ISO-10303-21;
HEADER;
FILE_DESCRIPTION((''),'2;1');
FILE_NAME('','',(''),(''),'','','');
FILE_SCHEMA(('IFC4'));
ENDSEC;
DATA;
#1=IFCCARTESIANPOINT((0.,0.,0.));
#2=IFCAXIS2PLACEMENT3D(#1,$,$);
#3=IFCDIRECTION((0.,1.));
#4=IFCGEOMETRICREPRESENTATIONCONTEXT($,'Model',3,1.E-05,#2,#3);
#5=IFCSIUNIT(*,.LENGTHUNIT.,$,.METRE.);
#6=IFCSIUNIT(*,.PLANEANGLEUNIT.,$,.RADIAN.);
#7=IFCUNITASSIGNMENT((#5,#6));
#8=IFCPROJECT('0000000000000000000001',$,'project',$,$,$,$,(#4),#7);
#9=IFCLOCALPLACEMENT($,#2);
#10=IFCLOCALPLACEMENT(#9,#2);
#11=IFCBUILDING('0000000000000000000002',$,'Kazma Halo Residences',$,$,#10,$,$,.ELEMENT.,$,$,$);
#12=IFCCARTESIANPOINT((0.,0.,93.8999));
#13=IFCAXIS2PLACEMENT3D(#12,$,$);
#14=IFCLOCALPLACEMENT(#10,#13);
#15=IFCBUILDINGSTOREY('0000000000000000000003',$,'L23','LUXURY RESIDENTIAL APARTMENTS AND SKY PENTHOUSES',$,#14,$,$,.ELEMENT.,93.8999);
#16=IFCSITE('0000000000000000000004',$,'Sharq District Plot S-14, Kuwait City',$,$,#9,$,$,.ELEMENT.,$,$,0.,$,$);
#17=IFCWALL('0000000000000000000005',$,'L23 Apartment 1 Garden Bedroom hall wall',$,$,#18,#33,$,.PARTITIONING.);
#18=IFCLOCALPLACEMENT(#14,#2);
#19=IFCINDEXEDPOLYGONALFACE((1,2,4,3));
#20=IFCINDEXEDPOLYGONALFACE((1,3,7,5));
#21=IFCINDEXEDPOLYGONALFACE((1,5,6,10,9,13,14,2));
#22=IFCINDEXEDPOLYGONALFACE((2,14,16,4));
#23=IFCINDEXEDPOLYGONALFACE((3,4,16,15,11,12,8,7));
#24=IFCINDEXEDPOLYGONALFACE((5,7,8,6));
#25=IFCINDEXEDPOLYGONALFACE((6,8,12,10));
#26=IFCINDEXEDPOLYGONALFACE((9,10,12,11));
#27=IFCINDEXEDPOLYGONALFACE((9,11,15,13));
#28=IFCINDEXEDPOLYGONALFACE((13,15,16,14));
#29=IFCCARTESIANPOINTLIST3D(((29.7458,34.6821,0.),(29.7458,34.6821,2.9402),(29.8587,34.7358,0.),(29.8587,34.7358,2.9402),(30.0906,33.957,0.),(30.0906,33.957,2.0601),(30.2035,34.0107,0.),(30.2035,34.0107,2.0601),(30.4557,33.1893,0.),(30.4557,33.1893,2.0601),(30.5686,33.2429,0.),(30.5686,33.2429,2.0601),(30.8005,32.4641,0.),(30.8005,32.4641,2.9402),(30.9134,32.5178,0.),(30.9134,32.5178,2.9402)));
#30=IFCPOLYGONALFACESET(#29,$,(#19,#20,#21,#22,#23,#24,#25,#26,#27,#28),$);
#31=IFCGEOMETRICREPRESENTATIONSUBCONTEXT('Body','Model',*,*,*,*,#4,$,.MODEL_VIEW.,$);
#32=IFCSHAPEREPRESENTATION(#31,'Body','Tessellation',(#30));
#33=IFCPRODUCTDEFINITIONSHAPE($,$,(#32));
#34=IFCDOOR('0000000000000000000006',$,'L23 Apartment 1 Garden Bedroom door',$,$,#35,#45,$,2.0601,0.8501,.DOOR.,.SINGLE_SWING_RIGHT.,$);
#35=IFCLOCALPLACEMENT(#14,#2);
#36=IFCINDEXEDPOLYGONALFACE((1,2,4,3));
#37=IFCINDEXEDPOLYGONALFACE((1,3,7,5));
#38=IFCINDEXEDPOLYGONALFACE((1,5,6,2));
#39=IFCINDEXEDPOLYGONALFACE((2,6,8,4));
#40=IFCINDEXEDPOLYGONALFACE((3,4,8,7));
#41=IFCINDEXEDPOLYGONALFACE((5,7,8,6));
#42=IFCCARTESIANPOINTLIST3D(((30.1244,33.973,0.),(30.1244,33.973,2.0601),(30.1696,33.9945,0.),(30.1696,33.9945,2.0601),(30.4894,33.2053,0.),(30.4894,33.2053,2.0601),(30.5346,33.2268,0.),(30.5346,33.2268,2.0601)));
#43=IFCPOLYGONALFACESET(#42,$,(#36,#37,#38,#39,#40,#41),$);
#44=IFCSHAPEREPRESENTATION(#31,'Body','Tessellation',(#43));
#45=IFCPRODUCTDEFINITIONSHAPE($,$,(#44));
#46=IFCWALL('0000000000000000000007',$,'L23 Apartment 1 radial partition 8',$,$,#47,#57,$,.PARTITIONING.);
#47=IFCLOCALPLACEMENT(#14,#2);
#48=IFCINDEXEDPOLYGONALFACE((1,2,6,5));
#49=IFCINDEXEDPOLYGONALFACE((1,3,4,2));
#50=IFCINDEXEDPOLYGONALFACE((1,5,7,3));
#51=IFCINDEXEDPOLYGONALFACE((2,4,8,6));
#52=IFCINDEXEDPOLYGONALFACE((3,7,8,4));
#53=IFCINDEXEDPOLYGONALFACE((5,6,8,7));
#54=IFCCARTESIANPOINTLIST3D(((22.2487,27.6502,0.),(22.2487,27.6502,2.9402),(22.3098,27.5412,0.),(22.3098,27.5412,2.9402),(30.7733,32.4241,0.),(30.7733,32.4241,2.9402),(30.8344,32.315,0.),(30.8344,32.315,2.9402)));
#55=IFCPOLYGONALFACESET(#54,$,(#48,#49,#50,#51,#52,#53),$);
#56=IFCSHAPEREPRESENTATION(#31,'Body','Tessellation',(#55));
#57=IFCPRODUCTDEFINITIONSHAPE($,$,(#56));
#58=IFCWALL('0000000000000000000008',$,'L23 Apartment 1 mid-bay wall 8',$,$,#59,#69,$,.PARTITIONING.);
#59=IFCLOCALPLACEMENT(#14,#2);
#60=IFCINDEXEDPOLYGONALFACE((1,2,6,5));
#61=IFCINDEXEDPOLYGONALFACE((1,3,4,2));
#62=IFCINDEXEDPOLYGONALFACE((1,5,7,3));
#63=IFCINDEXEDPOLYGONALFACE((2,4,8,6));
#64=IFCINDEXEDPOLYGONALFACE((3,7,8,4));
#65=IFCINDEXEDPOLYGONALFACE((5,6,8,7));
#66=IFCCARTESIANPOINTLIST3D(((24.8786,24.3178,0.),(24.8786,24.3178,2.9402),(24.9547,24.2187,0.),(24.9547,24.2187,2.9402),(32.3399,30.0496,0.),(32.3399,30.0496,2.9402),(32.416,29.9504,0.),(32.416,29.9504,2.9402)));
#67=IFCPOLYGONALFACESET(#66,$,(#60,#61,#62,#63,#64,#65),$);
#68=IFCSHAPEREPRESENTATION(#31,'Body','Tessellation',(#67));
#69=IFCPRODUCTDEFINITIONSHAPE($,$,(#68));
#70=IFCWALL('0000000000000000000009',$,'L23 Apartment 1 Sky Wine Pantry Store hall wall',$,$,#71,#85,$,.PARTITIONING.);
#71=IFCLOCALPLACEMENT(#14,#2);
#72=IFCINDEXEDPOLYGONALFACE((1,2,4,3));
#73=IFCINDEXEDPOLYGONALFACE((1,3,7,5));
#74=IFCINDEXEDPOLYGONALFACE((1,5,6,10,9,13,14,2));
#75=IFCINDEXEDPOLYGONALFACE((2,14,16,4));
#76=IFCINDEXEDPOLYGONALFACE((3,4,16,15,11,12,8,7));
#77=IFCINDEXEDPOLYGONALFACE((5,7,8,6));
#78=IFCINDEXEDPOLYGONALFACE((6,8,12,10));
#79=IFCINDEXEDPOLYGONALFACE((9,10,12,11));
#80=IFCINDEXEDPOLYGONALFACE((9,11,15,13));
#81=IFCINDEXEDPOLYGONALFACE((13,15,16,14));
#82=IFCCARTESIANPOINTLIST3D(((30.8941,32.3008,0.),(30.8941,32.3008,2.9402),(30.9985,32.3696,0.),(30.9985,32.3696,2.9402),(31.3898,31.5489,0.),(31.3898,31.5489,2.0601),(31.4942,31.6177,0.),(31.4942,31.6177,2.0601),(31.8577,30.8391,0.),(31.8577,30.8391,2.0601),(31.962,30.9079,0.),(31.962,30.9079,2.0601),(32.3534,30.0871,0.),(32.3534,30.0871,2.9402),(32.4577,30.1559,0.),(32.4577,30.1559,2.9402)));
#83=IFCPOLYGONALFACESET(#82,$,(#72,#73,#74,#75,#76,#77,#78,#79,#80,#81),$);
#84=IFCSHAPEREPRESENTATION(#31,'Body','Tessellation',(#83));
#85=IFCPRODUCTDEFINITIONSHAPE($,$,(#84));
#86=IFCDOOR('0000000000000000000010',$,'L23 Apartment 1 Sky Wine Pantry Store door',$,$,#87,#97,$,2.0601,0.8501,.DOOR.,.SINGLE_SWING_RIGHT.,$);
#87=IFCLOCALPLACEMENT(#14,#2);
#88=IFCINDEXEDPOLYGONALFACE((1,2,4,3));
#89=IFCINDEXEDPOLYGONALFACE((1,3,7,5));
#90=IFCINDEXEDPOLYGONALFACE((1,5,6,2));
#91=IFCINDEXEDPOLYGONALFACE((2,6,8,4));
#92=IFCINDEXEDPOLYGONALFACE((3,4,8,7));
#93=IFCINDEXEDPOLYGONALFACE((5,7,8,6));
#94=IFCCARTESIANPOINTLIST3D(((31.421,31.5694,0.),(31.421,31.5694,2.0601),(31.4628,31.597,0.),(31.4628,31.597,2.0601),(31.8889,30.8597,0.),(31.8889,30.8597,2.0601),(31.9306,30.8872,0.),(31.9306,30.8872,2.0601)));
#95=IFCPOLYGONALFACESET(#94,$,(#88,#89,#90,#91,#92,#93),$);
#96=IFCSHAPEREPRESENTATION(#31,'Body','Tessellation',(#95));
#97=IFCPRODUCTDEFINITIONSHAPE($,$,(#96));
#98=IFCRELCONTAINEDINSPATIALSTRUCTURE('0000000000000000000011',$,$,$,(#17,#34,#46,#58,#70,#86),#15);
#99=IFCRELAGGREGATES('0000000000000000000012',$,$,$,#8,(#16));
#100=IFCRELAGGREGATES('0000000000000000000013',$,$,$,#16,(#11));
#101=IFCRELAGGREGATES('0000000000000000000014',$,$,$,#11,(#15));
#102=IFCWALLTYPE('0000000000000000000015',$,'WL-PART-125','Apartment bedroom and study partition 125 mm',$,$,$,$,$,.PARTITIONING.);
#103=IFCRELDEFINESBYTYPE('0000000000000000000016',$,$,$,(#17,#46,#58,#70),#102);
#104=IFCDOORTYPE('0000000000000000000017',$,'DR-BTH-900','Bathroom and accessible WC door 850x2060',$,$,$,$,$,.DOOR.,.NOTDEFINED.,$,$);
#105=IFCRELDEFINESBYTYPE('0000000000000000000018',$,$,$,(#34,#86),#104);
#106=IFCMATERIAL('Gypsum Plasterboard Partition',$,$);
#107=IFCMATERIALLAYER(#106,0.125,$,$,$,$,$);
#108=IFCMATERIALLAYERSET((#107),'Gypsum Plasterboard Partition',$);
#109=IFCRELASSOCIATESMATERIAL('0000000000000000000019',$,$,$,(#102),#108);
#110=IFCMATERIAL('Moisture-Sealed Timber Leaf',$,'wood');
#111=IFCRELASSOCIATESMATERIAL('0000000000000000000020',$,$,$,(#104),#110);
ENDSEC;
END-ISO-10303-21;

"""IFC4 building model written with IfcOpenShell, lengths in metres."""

from ifc_helpers import new_model, si_unit, direction, frame, frame_2d, origin, place, context, subcontext, project, spatial, rectangle, extrude, material, layer, layer_set, type_object, element, fill, save


model = new_model("IFC4")

# Units and contexts
model_context = context("Model", 3, precision=1e-05, world=origin(), true_north=direction((0.0, 1.0)))
body_context = subcontext(model_context, "Body", "Model", "MODEL_VIEW")
ifc_project = project(units=[si_unit("LENGTHUNIT", "METRE"), si_unit("PLANEANGLEUNIT", "RADIAN")], contexts=[model_context])

# Site, building, storey
site_placement = place(None, origin())
site = spatial("IfcSite", under=ifc_project, at=site_placement, Name="Sharq District Plot S-14, Kuwait City", CompositionType="ELEMENT", RefElevation=0.0)
building_placement = place(site_placement, origin())
building = spatial("IfcBuilding", under=site, at=building_placement, Name="Kazma Halo Residences", CompositionType="ELEMENT")
storey_placement = place(building_placement, frame((0.0, 0.0, 93.8999)))
storey = spatial("IfcBuildingStorey", under=building, at=storey_placement, Name="L23", Description="LUXURY RESIDENTIAL APARTMENTS AND SKY PENTHOUSES", CompositionType="ELEMENT", Elevation=93.8999)

# Shared definitions
ifc_material_1 = material(Name="Gypsum Plasterboard Partition")
ifc_layer_1 = layer(ifc_material_1, 0.125)
ifc_layer_set_1 = layer_set([ifc_layer_1], Name="Gypsum Plasterboard Partition")
wall_type_1 = type_object("IfcWallType", Name="WL-PART-125", Description="Apartment bedroom and study partition 125 mm", PredefinedType="PARTITIONING", material=ifc_layer_set_1)

# Wall, opening, door
ifc_material_2 = material(Name="Moisture-Sealed Timber Leaf", Category="wood")
door_type = type_object("IfcDoorType", Name="DR-BTH-900", Description="Bathroom and accessible WC door 850x2060", OperationType="NOTDEFINED", PredefinedType="DOOR", material=ifc_material_2)
wall_1_placement = place(storey_placement, frame((29.8022, 34.709, 0.0), z_axis=(0.0, 0.0, 1.0), x_axis=(0.429432, -0.903099, 0.0)))
wall_1 = element("IfcWall", 1, at=wall_1_placement, inside=storey, type_object=wall_type_1, Name="L23 Apartment 1 Garden Bedroom hall wall", PredefinedType="PARTITIONING", context=body_context, shape_type="SweptSolid", body=[
    extrude(rectangle(XDim=2.4561, YDim=0.125, at=frame_2d((1.228, 0.0))), origin(), (0.0, 0.0, 1.0), 2.9402),
])
opening_1_placement = place(wall_1_placement, frame((0.803, 0.0, 0.0)))
opening_1 = element("IfcOpeningElement", 2, at=opening_1_placement, cuts=wall_1, PredefinedType="OPENING", context=body_context, shape_type="SweptSolid", body=[
    extrude(rectangle(XDim=0.8501, YDim=2.0601, at=frame_2d((0.425, 1.03))), frame((0.0, 0.0725, 0.0), z_axis=(0.0, -1.0, 0.0), x_axis=(1.0, 0.0, 0.0)), (0.0, 0.0, 1.0), 0.145),
])
door_1_placement = place(opening_1_placement, origin())
door_1 = element("IfcDoor", 3, at=door_1_placement, inside=storey, type_object=door_type, Name="L23 Apartment 1 Garden Bedroom door", OperationType="SINGLE_SWING_RIGHT", OverallHeight=2.0601, OverallWidth=0.8501, PredefinedType="DOOR", context=body_context, shape_type="SweptSolid", body=[
    extrude(rectangle(XDim=0.8501, YDim=2.0601, at=frame_2d((0.425, 1.03))), frame((0.0, 0.0249, 0.0), z_axis=(0.0, -1.0, 0.0), x_axis=(1.0, 0.0, 0.0)), (0.0, 0.0, 1.0), 0.05),
])
fill(opening_1, door_1)

# Walls
wall_2_placement = place(storey_placement, frame((30.804, 32.3696, 0.0), z_axis=(0.0, 0.0, 1.0), x_axis=(-0.872501, -0.488612, 0.0)))
element("IfcWall", 4, at=wall_2_placement, inside=storey, type_object=wall_type_1, Name="L23 Apartment 1 radial partition 8", PredefinedType="PARTITIONING", context=body_context, shape_type="SweptSolid", body=[
    extrude(rectangle(XDim=9.7703, YDim=0.125, at=frame_2d((4.8853, 0.0))), origin(), (0.0, 0.0, 1.0), 2.9402),
])
wall_3_placement = place(storey_placement, frame((32.3779, 30.0, 0.0), z_axis=(0.0, 0.0, 1.0), x_axis=(-0.793018, -0.609198, 0.0)))
element("IfcWall", 5, at=wall_3_placement, inside=storey, type_object=wall_type_1, Name="L23 Apartment 1 mid-bay wall 8", PredefinedType="PARTITIONING", context=body_context, shape_type="SweptSolid", body=[
    extrude(rectangle(XDim=9.4087, YDim=0.125, at=frame_2d((4.7043, 0.0))), origin(), (0.0, 0.0, 1.0), 2.9402),
])

# Wall, opening, door
wall_4_placement = place(storey_placement, frame((30.9463, 32.3352, 0.0), z_axis=(0.0, 0.0, 1.0), x_axis=(0.550379, -0.834915, 0.0)))
wall_4 = element("IfcWall", 6, at=wall_4_placement, inside=storey, type_object=wall_type_1, Name="L23 Apartment 1 Sky Wine Pantry Store hall wall", PredefinedType="PARTITIONING", context=body_context, shape_type="SweptSolid", body=[
    extrude(rectangle(XDim=2.6514, YDim=0.125, at=frame_2d((1.3257, 0.0))), origin(), (0.0, 0.0, 1.0), 2.9402),
])
opening_2_placement = place(wall_4_placement, frame((0.9006, 0.0, 0.0)))
opening_2 = element("IfcOpeningElement", 7, at=opening_2_placement, cuts=wall_4, PredefinedType="OPENING", context=body_context, shape_type="SweptSolid", body=[
    extrude(rectangle(XDim=0.8501, YDim=2.0601, at=frame_2d((0.425, 1.03))), frame((0.0, 0.0725, 0.0), z_axis=(0.0, -1.0, 0.0), x_axis=(1.0, 0.0, 0.0)), (0.0, 0.0, 1.0), 0.145),
])
door_2_placement = place(opening_2_placement, origin())
door_2 = element("IfcDoor", 8, at=door_2_placement, inside=storey, type_object=door_type, Name="L23 Apartment 1 Sky Wine Pantry Store door", OperationType="SINGLE_SWING_RIGHT", OverallHeight=2.0601, OverallWidth=0.8501, PredefinedType="DOOR", context=body_context, shape_type="SweptSolid", body=[
    extrude(rectangle(XDim=0.8501, YDim=2.0601, at=frame_2d((0.425, 1.03))), frame((0.0, 0.0249, 0.0), z_axis=(0.0, -1.0, 0.0), x_axis=(1.0, 0.0, 0.0)), (0.0, 0.0, 1.0), 0.05),
])
fill(opening_2, door_2)

save(model, "model.ifc")
